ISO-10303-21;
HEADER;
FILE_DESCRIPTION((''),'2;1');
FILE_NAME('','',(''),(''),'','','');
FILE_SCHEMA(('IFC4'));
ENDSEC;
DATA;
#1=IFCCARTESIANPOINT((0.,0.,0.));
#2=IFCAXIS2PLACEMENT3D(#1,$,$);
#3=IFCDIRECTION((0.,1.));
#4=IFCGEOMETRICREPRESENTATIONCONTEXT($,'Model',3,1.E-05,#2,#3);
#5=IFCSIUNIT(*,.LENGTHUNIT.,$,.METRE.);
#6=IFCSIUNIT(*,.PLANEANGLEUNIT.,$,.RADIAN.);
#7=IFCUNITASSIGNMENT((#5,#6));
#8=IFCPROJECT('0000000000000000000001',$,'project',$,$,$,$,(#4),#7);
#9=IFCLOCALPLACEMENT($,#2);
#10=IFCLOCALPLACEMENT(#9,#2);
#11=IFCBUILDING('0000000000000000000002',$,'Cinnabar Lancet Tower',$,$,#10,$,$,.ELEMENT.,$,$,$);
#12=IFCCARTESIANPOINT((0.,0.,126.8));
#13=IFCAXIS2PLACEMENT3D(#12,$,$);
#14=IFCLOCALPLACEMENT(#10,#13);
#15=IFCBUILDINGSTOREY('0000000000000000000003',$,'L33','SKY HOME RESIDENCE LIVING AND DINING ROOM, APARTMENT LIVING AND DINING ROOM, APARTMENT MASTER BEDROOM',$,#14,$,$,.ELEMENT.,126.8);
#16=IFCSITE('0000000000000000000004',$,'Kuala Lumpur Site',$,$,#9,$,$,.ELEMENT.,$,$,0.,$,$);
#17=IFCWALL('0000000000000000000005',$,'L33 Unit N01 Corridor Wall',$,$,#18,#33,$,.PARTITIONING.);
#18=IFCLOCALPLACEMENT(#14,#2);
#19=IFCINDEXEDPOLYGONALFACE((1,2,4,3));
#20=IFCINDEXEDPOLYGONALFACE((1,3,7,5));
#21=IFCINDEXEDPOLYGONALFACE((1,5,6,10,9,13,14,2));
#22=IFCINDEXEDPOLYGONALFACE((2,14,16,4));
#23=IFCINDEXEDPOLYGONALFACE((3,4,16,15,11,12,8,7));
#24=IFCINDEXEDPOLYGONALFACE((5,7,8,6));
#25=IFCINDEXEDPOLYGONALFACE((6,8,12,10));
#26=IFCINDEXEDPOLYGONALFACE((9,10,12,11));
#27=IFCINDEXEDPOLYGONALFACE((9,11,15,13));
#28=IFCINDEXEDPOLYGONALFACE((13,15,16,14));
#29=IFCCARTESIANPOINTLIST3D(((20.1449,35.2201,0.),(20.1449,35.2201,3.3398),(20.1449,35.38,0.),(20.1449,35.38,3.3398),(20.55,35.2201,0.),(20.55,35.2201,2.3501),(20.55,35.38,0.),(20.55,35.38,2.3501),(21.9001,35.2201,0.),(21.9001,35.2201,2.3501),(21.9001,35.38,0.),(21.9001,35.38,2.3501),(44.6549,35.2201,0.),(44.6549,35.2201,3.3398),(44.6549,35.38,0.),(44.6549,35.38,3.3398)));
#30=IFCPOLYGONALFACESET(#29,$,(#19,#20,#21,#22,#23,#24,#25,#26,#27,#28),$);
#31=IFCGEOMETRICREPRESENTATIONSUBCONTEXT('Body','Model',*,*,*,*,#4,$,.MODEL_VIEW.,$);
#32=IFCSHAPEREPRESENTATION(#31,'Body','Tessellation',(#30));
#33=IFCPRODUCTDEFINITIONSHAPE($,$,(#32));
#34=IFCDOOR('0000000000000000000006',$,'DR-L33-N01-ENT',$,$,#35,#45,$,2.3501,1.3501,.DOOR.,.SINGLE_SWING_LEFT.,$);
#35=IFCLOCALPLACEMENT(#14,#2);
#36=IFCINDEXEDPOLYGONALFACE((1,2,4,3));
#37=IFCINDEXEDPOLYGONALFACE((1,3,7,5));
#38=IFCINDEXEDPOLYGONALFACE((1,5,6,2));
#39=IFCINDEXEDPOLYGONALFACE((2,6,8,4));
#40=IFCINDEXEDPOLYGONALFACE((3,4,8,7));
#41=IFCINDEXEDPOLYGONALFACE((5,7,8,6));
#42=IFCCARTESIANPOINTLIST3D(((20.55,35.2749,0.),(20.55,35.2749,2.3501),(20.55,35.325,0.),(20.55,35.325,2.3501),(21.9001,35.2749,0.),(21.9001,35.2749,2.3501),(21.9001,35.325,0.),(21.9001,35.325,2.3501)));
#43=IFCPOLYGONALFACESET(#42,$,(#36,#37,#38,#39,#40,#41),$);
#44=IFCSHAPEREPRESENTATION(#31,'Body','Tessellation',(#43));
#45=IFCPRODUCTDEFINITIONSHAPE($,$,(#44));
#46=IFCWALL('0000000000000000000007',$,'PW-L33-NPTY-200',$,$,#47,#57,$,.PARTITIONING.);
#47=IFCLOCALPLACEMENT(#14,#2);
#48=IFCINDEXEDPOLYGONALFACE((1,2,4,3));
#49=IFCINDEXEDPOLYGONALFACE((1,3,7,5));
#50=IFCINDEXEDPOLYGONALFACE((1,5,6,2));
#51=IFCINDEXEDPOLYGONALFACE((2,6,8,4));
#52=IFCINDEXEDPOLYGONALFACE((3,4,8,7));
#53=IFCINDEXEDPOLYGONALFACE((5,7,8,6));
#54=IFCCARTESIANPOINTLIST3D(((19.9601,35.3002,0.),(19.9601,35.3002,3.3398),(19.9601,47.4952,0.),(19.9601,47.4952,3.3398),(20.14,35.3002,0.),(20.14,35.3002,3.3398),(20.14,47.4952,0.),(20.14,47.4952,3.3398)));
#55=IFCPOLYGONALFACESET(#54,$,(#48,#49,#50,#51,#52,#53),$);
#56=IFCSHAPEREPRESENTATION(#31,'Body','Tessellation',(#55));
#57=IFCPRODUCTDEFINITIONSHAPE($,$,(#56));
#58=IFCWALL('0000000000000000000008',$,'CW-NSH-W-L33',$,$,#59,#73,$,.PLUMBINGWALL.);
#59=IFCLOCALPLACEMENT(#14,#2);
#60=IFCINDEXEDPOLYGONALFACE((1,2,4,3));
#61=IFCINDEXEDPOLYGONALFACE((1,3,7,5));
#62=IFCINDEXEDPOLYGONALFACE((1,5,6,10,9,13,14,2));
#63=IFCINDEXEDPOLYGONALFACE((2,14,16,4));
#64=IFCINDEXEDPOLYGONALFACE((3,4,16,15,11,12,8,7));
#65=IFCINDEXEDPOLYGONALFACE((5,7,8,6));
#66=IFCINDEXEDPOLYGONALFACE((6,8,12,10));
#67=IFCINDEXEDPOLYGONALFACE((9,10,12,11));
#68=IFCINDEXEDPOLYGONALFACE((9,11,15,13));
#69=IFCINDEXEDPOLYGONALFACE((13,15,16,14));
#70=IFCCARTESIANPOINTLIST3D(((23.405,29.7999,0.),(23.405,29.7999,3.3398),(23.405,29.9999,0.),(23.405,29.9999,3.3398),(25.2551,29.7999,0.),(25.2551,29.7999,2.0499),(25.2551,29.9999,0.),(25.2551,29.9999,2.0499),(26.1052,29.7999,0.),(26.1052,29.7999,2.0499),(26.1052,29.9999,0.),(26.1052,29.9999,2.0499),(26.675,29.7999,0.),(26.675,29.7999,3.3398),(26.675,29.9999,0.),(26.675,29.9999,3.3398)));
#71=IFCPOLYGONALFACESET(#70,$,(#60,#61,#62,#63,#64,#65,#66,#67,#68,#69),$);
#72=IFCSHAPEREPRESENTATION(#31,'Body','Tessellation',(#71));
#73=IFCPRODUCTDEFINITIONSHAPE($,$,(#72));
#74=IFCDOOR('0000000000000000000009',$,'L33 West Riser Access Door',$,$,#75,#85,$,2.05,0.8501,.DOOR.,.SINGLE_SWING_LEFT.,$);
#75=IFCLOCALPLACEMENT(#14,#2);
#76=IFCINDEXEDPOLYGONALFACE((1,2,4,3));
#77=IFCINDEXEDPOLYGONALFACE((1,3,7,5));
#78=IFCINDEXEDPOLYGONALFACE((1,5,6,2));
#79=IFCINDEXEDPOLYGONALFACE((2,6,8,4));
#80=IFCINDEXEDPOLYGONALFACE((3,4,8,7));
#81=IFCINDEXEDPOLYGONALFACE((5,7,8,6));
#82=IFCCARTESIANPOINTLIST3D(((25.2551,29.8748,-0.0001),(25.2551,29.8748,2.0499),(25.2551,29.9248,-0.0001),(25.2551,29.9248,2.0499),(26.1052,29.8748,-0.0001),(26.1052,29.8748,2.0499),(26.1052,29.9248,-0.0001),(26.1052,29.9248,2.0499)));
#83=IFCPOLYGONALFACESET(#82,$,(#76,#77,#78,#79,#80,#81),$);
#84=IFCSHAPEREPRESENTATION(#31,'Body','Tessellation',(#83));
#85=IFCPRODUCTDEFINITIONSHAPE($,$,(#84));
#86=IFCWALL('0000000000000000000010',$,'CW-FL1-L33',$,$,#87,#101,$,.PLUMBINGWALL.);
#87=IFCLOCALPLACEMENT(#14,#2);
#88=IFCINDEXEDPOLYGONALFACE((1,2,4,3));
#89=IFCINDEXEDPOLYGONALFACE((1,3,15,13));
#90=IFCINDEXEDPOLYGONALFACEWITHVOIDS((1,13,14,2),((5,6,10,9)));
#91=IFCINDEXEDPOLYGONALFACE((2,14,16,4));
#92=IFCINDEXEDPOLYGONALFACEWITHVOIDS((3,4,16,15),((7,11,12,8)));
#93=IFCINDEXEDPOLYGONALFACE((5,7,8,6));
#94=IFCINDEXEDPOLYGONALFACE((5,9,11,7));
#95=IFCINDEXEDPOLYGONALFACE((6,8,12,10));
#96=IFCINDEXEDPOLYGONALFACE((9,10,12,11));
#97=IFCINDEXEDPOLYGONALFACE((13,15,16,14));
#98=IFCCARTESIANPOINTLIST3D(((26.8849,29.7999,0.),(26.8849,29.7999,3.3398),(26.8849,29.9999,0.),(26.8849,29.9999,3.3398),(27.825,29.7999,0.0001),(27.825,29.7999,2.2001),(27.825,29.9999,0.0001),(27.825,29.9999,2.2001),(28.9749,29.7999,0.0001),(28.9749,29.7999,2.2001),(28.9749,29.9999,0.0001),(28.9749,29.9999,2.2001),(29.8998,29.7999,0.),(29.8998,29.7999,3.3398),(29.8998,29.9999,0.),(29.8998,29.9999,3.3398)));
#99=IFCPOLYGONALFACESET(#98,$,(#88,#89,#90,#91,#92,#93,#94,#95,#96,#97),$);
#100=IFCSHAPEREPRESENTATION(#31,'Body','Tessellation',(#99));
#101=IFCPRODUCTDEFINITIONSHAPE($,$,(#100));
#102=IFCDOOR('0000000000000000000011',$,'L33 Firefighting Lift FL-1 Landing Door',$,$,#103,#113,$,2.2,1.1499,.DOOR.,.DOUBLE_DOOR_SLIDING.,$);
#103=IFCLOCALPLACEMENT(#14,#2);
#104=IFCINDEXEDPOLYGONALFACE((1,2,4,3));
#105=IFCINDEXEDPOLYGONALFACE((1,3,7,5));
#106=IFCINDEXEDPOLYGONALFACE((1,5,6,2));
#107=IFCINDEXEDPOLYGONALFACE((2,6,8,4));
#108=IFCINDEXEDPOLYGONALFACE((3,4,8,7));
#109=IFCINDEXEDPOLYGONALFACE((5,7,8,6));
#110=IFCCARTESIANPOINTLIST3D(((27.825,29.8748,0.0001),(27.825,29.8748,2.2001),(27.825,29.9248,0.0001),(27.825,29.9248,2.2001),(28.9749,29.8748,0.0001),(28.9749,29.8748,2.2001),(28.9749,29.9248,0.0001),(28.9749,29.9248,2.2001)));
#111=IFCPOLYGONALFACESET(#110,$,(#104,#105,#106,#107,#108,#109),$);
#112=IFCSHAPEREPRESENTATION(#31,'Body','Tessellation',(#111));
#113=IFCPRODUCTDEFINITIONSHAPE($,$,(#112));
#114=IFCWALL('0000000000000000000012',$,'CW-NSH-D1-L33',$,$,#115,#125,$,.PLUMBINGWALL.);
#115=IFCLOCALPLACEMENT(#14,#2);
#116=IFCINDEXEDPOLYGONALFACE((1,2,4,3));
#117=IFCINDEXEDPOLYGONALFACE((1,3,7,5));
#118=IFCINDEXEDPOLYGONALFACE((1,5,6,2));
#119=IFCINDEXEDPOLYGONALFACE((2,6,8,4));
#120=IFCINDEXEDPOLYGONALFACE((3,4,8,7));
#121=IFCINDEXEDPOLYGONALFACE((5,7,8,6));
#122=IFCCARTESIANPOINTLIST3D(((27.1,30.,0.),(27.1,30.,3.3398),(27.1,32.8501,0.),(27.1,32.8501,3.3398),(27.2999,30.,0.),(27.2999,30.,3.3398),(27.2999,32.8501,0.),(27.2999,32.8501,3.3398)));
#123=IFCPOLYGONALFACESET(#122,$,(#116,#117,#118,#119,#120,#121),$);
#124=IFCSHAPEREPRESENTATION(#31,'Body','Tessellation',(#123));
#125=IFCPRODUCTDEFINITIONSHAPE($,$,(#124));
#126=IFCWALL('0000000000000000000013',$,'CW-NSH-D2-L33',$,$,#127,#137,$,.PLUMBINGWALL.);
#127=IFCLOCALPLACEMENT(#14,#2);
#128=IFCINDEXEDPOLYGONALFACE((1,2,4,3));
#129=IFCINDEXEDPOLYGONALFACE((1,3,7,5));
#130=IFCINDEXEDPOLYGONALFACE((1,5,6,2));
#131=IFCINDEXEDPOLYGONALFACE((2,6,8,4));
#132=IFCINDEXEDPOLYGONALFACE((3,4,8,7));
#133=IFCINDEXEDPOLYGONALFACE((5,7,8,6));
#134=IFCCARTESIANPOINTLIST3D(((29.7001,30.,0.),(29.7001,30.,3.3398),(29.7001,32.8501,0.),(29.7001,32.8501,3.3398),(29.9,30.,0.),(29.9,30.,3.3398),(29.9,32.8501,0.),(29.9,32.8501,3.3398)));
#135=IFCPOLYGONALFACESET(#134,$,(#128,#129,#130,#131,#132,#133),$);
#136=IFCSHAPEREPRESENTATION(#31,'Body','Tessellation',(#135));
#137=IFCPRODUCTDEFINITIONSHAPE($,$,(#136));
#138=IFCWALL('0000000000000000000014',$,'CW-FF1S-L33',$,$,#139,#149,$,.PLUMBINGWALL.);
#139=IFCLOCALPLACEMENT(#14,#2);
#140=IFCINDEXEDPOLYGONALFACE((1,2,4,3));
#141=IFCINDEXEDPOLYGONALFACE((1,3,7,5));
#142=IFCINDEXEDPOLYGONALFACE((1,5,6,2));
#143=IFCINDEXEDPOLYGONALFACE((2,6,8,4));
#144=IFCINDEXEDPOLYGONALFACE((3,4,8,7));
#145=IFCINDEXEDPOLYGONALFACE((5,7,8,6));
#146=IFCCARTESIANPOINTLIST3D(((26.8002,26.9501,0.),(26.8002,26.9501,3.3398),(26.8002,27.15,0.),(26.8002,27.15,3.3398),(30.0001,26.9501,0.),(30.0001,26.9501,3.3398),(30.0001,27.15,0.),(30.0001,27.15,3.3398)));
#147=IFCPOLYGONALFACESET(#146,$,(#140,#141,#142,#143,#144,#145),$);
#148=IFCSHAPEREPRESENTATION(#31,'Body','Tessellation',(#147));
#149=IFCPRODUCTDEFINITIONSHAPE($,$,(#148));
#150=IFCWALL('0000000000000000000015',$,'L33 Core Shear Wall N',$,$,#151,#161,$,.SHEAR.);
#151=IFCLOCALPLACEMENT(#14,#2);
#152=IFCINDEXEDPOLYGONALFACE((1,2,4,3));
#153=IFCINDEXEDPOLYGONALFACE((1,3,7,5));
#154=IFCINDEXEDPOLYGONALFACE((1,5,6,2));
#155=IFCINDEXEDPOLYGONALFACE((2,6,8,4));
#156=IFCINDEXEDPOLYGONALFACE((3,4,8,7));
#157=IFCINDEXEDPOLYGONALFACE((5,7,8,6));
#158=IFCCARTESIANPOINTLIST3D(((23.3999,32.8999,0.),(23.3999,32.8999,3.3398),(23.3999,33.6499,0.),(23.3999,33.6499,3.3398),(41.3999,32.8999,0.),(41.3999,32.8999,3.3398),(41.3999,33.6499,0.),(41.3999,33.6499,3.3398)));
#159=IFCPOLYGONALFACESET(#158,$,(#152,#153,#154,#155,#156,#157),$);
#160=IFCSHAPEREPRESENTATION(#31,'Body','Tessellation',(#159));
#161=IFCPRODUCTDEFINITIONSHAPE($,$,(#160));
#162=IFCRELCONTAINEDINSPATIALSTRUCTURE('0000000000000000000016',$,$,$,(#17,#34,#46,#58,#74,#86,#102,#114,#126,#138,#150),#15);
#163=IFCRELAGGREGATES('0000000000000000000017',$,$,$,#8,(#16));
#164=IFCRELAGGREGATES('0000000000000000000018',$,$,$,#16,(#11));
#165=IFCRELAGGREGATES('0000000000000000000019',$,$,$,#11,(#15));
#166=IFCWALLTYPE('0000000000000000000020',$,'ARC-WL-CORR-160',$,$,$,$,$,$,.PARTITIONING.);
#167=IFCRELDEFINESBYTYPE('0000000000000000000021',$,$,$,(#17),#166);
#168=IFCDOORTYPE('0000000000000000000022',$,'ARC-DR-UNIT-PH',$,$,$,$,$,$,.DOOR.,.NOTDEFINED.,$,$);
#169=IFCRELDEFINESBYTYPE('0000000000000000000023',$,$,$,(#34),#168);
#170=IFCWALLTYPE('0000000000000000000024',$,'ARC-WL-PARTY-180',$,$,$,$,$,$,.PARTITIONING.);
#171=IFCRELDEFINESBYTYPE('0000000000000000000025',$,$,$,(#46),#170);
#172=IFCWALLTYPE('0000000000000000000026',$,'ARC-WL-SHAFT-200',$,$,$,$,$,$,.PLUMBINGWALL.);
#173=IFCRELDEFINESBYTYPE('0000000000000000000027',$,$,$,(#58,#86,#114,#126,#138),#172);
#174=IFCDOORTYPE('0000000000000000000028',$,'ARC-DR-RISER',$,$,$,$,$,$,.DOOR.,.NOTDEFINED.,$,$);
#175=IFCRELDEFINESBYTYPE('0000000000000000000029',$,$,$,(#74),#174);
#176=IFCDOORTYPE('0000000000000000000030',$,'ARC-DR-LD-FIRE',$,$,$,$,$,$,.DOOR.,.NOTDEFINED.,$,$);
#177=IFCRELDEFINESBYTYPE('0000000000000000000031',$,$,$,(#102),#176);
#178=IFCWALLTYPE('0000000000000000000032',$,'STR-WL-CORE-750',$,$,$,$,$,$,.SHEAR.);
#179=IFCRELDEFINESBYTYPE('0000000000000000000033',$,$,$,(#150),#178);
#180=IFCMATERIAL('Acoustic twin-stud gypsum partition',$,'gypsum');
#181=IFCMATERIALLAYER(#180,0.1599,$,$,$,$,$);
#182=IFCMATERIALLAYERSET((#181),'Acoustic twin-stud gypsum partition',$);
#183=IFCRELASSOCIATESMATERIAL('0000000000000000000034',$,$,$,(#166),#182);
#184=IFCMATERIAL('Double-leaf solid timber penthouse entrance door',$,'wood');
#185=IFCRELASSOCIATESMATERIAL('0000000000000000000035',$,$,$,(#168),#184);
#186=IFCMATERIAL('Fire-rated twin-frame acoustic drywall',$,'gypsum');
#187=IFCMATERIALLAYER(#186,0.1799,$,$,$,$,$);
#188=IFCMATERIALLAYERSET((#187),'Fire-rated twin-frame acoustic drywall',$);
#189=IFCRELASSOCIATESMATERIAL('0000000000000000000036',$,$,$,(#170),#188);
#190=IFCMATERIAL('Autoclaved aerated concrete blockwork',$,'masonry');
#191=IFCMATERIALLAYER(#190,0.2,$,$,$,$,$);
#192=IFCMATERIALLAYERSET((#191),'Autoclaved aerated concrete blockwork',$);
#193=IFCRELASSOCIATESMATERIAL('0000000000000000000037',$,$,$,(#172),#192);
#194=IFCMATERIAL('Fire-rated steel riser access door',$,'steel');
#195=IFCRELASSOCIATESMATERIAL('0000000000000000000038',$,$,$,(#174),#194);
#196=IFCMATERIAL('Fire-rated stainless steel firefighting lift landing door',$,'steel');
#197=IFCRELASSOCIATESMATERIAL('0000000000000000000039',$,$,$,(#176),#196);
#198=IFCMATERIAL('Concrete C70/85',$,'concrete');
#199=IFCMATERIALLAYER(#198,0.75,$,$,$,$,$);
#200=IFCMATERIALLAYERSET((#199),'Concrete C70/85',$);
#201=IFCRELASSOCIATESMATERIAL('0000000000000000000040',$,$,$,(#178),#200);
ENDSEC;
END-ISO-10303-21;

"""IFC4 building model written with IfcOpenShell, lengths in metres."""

from ifc_helpers import new_model, si_unit, direction, frame, frame_2d, origin, place, context, subcontext, project, spatial, rectangle, extrude, material, layer, layer_set, type_object, element, fill, save


model = new_model("IFC4")

# Units and contexts
model_context = context("Model", 3, precision=1e-05, world=origin(), true_north=direction((0.0, 1.0)))
body_context = subcontext(model_context, "Body", "Model", "MODEL_VIEW")
ifc_project = project(units=[si_unit("LENGTHUNIT", "METRE"), si_unit("PLANEANGLEUNIT", "RADIAN")], contexts=[model_context])

# Site, building, storey
site_placement = place(None, origin())
site = spatial("IfcSite", under=ifc_project, at=site_placement, Name="Kuala Lumpur Site", CompositionType="ELEMENT", RefElevation=0.0)
building_placement = place(site_placement, origin())
building = spatial("IfcBuilding", under=site, at=building_placement, Name="Cinnabar Lancet Tower", CompositionType="ELEMENT")
storey_placement = place(building_placement, frame((0.0, 0.0, 126.8)))
storey = spatial("IfcBuildingStorey", under=building, at=storey_placement, Name="L33", Description="SKY HOME RESIDENCE LIVING AND DINING ROOM, APARTMENT LIVING AND DINING ROOM, APARTMENT MASTER BEDROOM", CompositionType="ELEMENT", Elevation=126.8)

# Wall, opening, door
ifc_material_1 = material(Name="Acoustic twin-stud gypsum partition", Category="gypsum")
ifc_layer_1 = layer(ifc_material_1, 0.1599)
ifc_layer_set_1 = layer_set([ifc_layer_1], Name="Acoustic twin-stud gypsum partition")
wall_type_1 = type_object("IfcWallType", Name="ARC-WL-CORR-160", PredefinedType="PARTITIONING", material=ifc_layer_set_1)
wall_1_placement = place(storey_placement, frame((20.145, 35.3, 0.0), z_axis=(0.0, 0.0, 1.0), x_axis=(1.0, 0.0, 0.0)))
wall_1 = element("IfcWall", 1, at=wall_1_placement, inside=storey, type_object=wall_type_1, Name="L33 Unit N01 Corridor Wall", PredefinedType="PARTITIONING", context=body_context, shape_type="SweptSolid", body=[
    extrude(rectangle(XDim=24.51, YDim=0.1599, at=frame_2d((12.2549, 0.0))), origin(), (0.0, 0.0, 1.0), 3.3398),
])
opening_1_placement = place(wall_1_placement, frame((0.405, 0.0, 0.0)))
opening_1 = element("IfcOpeningElement", 2, at=opening_1_placement, cuts=wall_1, PredefinedType="OPENING", context=body_context, shape_type="SweptSolid", body=[
    extrude(rectangle(XDim=1.3501, YDim=2.3501, at=frame_2d((0.675, 1.175))), frame((0.0, 0.0898, 0.0), z_axis=(0.0, -1.0, 0.0), x_axis=(1.0, 0.0, 0.0)), (0.0, 0.0, 1.0), 0.1799),
])
ifc_material_2 = material(Name="Double-leaf solid timber penthouse entrance door", Category="wood")
door_type_1 = type_object("IfcDoorType", Name="ARC-DR-UNIT-PH", OperationType="NOTDEFINED", PredefinedType="DOOR", material=ifc_material_2)
door_1_placement = place(opening_1_placement, origin())
door_1 = element("IfcDoor", 3, at=door_1_placement, inside=storey, type_object=door_type_1, Name="DR-L33-N01-ENT", OperationType="SINGLE_SWING_LEFT", OverallHeight=2.3501, OverallWidth=1.3501, PredefinedType="DOOR", context=body_context, shape_type="SweptSolid", body=[
    extrude(rectangle(XDim=1.3501, YDim=2.3501, at=frame_2d((0.675, 1.175))), frame((0.0, 0.0249, 0.0), z_axis=(0.0, -1.0, 0.0), x_axis=(1.0, 0.0, 0.0)), (0.0, 0.0, 1.0), 0.05),
])
fill(opening_1, door_1)

# Wall
ifc_material_3 = material(Name="Fire-rated twin-frame acoustic drywall", Category="gypsum")
ifc_layer_2 = layer(ifc_material_3, 0.1799)
ifc_layer_set_2 = layer_set([ifc_layer_2], Name="Fire-rated twin-frame acoustic drywall")
wall_type_2 = type_object("IfcWallType", Name="ARC-WL-PARTY-180", PredefinedType="PARTITIONING", material=ifc_layer_set_2)
wall_2_placement = place(storey_placement, frame((20.05, 35.3, 0.0), z_axis=(0.0, 0.0, 1.0), x_axis=(0.0, 1.0, 0.0)))
element("IfcWall", 4, at=wall_2_placement, inside=storey, type_object=wall_type_2, Name="PW-L33-NPTY-200", PredefinedType="PARTITIONING", context=body_context, shape_type="SweptSolid", body=[
    extrude(rectangle(XDim=12.1951, YDim=0.1799, at=frame_2d((6.0977, 0.0))), origin(), (0.0, 0.0, 1.0), 3.3398),
])

# Walls, openings, doors
ifc_material_4 = material(Name="Autoclaved aerated concrete blockwork", Category="masonry")
ifc_layer_3 = layer(ifc_material_4, 0.2)
ifc_layer_set_3 = layer_set([ifc_layer_3], Name="Autoclaved aerated concrete blockwork")
wall_type_3 = type_object("IfcWallType", Name="ARC-WL-SHAFT-200", PredefinedType="PLUMBINGWALL", material=ifc_layer_set_3)
wall_3_placement = place(storey_placement, frame((23.405, 29.8999, 0.0), z_axis=(0.0, 0.0, 1.0), x_axis=(1.0, 0.0, 0.0)))
wall_3 = element("IfcWall", 5, at=wall_3_placement, inside=storey, type_object=wall_type_3, Name="CW-NSH-W-L33", PredefinedType="PLUMBINGWALL", context=body_context, shape_type="SweptSolid", body=[
    extrude(rectangle(XDim=3.27, YDim=0.2, at=frame_2d((1.635, 0.0))), origin(), (0.0, 0.0, 1.0), 3.3398),
])
opening_2_placement = place(wall_3_placement, frame((1.8501, 0.0, 0.0)))
opening_2 = element("IfcOpeningElement", 6, at=opening_2_placement, cuts=wall_3, PredefinedType="OPENING", context=body_context, shape_type="SweptSolid", body=[
    extrude(rectangle(XDim=0.8501, YDim=2.05, at=frame_2d((0.425, 1.0249))), frame((0.0, 0.1099, 0.0), z_axis=(0.0, -1.0, 0.0), x_axis=(1.0, 0.0, 0.0)), (0.0, 0.0, 1.0), 0.22),
])
ifc_material_5 = material(Name="Fire-rated steel riser access door", Category="steel")
door_type_2 = type_object("IfcDoorType", Name="ARC-DR-RISER", OperationType="NOTDEFINED", PredefinedType="DOOR", material=ifc_material_5)
door_2_placement = place(opening_2_placement, origin())
door_2 = element("IfcDoor", 7, at=door_2_placement, inside=storey, type_object=door_type_2, Name="L33 West Riser Access Door", OperationType="SINGLE_SWING_LEFT", OverallHeight=2.05, OverallWidth=0.8501, PredefinedType="DOOR", context=body_context, shape_type="SweptSolid", body=[
    extrude(rectangle(XDim=0.8501, YDim=2.05, at=frame_2d((0.425, 1.0249))), frame((0.0, 0.0249, 0.0), z_axis=(0.0, -1.0, 0.0), x_axis=(1.0, 0.0, 0.0)), (0.0, 0.0, 1.0), 0.05),
])
fill(opening_2, door_2)
wall_4_placement = place(storey_placement, frame((26.885, 29.8999, 0.0), z_axis=(0.0, 0.0, 1.0), x_axis=(1.0, 0.0, 0.0)))
wall_4 = element("IfcWall", 8, at=wall_4_placement, inside=storey, type_object=wall_type_3, Name="CW-FL1-L33", PredefinedType="PLUMBINGWALL", context=body_context, shape_type="SweptSolid", body=[
    extrude(rectangle(XDim=3.0149, YDim=0.2, at=frame_2d((1.5073, 0.0))), origin(), (0.0, 0.0, 1.0), 3.3398),
])
opening_3_placement = place(wall_4_placement, frame((0.9399, 0.0, 0.0)))
opening_3 = element("IfcOpeningElement", 9, at=opening_3_placement, cuts=wall_4, PredefinedType="OPENING", context=body_context, shape_type="SweptSolid", body=[
    extrude(rectangle(XDim=1.1499, YDim=2.2, at=frame_2d((0.575, 1.1001))), frame((0.0, 0.1099, 0.0), z_axis=(0.0, -1.0, 0.0), x_axis=(1.0, 0.0, 0.0)), (0.0, 0.0, 1.0), 0.22),
])
ifc_material_6 = material(Name="Fire-rated stainless steel firefighting lift landing door", Category="steel")
door_type_3 = type_object("IfcDoorType", Name="ARC-DR-LD-FIRE", OperationType="NOTDEFINED", PredefinedType="DOOR", material=ifc_material_6)
door_3_placement = place(opening_3_placement, origin())
door_3 = element("IfcDoor", 10, at=door_3_placement, inside=storey, type_object=door_type_3, Name="L33 Firefighting Lift FL-1 Landing Door", OperationType="DOUBLE_DOOR_SLIDING", OverallHeight=2.2, OverallWidth=1.1499, PredefinedType="DOOR", context=body_context, shape_type="SweptSolid", body=[
    extrude(rectangle(XDim=1.1499, YDim=2.2, at=frame_2d((0.575, 1.1001))), frame((0.0, 0.0249, 0.0), z_axis=(0.0, -1.0, 0.0), x_axis=(1.0, 0.0, 0.0)), (0.0, 0.0, 1.0), 0.05),
])
fill(opening_3, door_3)

# Walls
for number, where, z_axis, x_axis, name in (
    (11, (27.2, 30.0, 0.0), (0.0, 0.0, 1.0), (0.0, 1.0, 0.0), "CW-NSH-D1-L33"),
    (12, (29.8, 30.0, 0.0), (0.0, 0.0, 1.0), (0.0, 1.0, 0.0), "CW-NSH-D2-L33"),
):
    element("IfcWall", number, at=place(storey_placement, frame(where, z_axis=z_axis, x_axis=x_axis)), inside=storey, type_object=wall_type_3, Name=name, PredefinedType="PLUMBINGWALL", context=body_context, shape_type="SweptSolid", body=[
        extrude(rectangle(XDim=2.8501, YDim=0.2, at=frame_2d((1.425, 0.0))), origin(), (0.0, 0.0, 1.0), 3.3398),
    ])
wall_5_placement = place(storey_placement, frame((26.8, 27.05, 0.0), z_axis=(0.0, 0.0, 1.0), x_axis=(1.0, 0.0, 0.0)))
element("IfcWall", 13, at=wall_5_placement, inside=storey, type_object=wall_type_3, Name="CW-FF1S-L33", PredefinedType="PLUMBINGWALL", context=body_context, shape_type="SweptSolid", body=[
    extrude(rectangle(XDim=3.2, YDim=0.2, at=frame_2d((1.6001, 0.0))), origin(), (0.0, 0.0, 1.0), 3.3398),
])
ifc_material_7 = material(Name="Concrete C70/85", Category="concrete")
ifc_layer_4 = layer(ifc_material_7, 0.75)
ifc_layer_set_4 = layer_set([ifc_layer_4], Name="Concrete C70/85")
wall_type_4 = type_object("IfcWallType", Name="STR-WL-CORE-750", PredefinedType="SHEAR", material=ifc_layer_set_4)
wall_6_placement = place(storey_placement, frame((23.3999, 33.2749, 0.0), z_axis=(0.0, 0.0, 1.0), x_axis=(1.0, 0.0, 0.0)))
element("IfcWall", 14, at=wall_6_placement, inside=storey, type_object=wall_type_4, Name="L33 Core Shear Wall N", PredefinedType="SHEAR", context=body_context, shape_type="SweptSolid", body=[
    extrude(rectangle(XDim=18.0, YDim=0.75, at=frame_2d((9.0, 0.0))), origin(), (0.0, 0.0, 1.0), 3.3398),
])

save(model, "model.ifc")
